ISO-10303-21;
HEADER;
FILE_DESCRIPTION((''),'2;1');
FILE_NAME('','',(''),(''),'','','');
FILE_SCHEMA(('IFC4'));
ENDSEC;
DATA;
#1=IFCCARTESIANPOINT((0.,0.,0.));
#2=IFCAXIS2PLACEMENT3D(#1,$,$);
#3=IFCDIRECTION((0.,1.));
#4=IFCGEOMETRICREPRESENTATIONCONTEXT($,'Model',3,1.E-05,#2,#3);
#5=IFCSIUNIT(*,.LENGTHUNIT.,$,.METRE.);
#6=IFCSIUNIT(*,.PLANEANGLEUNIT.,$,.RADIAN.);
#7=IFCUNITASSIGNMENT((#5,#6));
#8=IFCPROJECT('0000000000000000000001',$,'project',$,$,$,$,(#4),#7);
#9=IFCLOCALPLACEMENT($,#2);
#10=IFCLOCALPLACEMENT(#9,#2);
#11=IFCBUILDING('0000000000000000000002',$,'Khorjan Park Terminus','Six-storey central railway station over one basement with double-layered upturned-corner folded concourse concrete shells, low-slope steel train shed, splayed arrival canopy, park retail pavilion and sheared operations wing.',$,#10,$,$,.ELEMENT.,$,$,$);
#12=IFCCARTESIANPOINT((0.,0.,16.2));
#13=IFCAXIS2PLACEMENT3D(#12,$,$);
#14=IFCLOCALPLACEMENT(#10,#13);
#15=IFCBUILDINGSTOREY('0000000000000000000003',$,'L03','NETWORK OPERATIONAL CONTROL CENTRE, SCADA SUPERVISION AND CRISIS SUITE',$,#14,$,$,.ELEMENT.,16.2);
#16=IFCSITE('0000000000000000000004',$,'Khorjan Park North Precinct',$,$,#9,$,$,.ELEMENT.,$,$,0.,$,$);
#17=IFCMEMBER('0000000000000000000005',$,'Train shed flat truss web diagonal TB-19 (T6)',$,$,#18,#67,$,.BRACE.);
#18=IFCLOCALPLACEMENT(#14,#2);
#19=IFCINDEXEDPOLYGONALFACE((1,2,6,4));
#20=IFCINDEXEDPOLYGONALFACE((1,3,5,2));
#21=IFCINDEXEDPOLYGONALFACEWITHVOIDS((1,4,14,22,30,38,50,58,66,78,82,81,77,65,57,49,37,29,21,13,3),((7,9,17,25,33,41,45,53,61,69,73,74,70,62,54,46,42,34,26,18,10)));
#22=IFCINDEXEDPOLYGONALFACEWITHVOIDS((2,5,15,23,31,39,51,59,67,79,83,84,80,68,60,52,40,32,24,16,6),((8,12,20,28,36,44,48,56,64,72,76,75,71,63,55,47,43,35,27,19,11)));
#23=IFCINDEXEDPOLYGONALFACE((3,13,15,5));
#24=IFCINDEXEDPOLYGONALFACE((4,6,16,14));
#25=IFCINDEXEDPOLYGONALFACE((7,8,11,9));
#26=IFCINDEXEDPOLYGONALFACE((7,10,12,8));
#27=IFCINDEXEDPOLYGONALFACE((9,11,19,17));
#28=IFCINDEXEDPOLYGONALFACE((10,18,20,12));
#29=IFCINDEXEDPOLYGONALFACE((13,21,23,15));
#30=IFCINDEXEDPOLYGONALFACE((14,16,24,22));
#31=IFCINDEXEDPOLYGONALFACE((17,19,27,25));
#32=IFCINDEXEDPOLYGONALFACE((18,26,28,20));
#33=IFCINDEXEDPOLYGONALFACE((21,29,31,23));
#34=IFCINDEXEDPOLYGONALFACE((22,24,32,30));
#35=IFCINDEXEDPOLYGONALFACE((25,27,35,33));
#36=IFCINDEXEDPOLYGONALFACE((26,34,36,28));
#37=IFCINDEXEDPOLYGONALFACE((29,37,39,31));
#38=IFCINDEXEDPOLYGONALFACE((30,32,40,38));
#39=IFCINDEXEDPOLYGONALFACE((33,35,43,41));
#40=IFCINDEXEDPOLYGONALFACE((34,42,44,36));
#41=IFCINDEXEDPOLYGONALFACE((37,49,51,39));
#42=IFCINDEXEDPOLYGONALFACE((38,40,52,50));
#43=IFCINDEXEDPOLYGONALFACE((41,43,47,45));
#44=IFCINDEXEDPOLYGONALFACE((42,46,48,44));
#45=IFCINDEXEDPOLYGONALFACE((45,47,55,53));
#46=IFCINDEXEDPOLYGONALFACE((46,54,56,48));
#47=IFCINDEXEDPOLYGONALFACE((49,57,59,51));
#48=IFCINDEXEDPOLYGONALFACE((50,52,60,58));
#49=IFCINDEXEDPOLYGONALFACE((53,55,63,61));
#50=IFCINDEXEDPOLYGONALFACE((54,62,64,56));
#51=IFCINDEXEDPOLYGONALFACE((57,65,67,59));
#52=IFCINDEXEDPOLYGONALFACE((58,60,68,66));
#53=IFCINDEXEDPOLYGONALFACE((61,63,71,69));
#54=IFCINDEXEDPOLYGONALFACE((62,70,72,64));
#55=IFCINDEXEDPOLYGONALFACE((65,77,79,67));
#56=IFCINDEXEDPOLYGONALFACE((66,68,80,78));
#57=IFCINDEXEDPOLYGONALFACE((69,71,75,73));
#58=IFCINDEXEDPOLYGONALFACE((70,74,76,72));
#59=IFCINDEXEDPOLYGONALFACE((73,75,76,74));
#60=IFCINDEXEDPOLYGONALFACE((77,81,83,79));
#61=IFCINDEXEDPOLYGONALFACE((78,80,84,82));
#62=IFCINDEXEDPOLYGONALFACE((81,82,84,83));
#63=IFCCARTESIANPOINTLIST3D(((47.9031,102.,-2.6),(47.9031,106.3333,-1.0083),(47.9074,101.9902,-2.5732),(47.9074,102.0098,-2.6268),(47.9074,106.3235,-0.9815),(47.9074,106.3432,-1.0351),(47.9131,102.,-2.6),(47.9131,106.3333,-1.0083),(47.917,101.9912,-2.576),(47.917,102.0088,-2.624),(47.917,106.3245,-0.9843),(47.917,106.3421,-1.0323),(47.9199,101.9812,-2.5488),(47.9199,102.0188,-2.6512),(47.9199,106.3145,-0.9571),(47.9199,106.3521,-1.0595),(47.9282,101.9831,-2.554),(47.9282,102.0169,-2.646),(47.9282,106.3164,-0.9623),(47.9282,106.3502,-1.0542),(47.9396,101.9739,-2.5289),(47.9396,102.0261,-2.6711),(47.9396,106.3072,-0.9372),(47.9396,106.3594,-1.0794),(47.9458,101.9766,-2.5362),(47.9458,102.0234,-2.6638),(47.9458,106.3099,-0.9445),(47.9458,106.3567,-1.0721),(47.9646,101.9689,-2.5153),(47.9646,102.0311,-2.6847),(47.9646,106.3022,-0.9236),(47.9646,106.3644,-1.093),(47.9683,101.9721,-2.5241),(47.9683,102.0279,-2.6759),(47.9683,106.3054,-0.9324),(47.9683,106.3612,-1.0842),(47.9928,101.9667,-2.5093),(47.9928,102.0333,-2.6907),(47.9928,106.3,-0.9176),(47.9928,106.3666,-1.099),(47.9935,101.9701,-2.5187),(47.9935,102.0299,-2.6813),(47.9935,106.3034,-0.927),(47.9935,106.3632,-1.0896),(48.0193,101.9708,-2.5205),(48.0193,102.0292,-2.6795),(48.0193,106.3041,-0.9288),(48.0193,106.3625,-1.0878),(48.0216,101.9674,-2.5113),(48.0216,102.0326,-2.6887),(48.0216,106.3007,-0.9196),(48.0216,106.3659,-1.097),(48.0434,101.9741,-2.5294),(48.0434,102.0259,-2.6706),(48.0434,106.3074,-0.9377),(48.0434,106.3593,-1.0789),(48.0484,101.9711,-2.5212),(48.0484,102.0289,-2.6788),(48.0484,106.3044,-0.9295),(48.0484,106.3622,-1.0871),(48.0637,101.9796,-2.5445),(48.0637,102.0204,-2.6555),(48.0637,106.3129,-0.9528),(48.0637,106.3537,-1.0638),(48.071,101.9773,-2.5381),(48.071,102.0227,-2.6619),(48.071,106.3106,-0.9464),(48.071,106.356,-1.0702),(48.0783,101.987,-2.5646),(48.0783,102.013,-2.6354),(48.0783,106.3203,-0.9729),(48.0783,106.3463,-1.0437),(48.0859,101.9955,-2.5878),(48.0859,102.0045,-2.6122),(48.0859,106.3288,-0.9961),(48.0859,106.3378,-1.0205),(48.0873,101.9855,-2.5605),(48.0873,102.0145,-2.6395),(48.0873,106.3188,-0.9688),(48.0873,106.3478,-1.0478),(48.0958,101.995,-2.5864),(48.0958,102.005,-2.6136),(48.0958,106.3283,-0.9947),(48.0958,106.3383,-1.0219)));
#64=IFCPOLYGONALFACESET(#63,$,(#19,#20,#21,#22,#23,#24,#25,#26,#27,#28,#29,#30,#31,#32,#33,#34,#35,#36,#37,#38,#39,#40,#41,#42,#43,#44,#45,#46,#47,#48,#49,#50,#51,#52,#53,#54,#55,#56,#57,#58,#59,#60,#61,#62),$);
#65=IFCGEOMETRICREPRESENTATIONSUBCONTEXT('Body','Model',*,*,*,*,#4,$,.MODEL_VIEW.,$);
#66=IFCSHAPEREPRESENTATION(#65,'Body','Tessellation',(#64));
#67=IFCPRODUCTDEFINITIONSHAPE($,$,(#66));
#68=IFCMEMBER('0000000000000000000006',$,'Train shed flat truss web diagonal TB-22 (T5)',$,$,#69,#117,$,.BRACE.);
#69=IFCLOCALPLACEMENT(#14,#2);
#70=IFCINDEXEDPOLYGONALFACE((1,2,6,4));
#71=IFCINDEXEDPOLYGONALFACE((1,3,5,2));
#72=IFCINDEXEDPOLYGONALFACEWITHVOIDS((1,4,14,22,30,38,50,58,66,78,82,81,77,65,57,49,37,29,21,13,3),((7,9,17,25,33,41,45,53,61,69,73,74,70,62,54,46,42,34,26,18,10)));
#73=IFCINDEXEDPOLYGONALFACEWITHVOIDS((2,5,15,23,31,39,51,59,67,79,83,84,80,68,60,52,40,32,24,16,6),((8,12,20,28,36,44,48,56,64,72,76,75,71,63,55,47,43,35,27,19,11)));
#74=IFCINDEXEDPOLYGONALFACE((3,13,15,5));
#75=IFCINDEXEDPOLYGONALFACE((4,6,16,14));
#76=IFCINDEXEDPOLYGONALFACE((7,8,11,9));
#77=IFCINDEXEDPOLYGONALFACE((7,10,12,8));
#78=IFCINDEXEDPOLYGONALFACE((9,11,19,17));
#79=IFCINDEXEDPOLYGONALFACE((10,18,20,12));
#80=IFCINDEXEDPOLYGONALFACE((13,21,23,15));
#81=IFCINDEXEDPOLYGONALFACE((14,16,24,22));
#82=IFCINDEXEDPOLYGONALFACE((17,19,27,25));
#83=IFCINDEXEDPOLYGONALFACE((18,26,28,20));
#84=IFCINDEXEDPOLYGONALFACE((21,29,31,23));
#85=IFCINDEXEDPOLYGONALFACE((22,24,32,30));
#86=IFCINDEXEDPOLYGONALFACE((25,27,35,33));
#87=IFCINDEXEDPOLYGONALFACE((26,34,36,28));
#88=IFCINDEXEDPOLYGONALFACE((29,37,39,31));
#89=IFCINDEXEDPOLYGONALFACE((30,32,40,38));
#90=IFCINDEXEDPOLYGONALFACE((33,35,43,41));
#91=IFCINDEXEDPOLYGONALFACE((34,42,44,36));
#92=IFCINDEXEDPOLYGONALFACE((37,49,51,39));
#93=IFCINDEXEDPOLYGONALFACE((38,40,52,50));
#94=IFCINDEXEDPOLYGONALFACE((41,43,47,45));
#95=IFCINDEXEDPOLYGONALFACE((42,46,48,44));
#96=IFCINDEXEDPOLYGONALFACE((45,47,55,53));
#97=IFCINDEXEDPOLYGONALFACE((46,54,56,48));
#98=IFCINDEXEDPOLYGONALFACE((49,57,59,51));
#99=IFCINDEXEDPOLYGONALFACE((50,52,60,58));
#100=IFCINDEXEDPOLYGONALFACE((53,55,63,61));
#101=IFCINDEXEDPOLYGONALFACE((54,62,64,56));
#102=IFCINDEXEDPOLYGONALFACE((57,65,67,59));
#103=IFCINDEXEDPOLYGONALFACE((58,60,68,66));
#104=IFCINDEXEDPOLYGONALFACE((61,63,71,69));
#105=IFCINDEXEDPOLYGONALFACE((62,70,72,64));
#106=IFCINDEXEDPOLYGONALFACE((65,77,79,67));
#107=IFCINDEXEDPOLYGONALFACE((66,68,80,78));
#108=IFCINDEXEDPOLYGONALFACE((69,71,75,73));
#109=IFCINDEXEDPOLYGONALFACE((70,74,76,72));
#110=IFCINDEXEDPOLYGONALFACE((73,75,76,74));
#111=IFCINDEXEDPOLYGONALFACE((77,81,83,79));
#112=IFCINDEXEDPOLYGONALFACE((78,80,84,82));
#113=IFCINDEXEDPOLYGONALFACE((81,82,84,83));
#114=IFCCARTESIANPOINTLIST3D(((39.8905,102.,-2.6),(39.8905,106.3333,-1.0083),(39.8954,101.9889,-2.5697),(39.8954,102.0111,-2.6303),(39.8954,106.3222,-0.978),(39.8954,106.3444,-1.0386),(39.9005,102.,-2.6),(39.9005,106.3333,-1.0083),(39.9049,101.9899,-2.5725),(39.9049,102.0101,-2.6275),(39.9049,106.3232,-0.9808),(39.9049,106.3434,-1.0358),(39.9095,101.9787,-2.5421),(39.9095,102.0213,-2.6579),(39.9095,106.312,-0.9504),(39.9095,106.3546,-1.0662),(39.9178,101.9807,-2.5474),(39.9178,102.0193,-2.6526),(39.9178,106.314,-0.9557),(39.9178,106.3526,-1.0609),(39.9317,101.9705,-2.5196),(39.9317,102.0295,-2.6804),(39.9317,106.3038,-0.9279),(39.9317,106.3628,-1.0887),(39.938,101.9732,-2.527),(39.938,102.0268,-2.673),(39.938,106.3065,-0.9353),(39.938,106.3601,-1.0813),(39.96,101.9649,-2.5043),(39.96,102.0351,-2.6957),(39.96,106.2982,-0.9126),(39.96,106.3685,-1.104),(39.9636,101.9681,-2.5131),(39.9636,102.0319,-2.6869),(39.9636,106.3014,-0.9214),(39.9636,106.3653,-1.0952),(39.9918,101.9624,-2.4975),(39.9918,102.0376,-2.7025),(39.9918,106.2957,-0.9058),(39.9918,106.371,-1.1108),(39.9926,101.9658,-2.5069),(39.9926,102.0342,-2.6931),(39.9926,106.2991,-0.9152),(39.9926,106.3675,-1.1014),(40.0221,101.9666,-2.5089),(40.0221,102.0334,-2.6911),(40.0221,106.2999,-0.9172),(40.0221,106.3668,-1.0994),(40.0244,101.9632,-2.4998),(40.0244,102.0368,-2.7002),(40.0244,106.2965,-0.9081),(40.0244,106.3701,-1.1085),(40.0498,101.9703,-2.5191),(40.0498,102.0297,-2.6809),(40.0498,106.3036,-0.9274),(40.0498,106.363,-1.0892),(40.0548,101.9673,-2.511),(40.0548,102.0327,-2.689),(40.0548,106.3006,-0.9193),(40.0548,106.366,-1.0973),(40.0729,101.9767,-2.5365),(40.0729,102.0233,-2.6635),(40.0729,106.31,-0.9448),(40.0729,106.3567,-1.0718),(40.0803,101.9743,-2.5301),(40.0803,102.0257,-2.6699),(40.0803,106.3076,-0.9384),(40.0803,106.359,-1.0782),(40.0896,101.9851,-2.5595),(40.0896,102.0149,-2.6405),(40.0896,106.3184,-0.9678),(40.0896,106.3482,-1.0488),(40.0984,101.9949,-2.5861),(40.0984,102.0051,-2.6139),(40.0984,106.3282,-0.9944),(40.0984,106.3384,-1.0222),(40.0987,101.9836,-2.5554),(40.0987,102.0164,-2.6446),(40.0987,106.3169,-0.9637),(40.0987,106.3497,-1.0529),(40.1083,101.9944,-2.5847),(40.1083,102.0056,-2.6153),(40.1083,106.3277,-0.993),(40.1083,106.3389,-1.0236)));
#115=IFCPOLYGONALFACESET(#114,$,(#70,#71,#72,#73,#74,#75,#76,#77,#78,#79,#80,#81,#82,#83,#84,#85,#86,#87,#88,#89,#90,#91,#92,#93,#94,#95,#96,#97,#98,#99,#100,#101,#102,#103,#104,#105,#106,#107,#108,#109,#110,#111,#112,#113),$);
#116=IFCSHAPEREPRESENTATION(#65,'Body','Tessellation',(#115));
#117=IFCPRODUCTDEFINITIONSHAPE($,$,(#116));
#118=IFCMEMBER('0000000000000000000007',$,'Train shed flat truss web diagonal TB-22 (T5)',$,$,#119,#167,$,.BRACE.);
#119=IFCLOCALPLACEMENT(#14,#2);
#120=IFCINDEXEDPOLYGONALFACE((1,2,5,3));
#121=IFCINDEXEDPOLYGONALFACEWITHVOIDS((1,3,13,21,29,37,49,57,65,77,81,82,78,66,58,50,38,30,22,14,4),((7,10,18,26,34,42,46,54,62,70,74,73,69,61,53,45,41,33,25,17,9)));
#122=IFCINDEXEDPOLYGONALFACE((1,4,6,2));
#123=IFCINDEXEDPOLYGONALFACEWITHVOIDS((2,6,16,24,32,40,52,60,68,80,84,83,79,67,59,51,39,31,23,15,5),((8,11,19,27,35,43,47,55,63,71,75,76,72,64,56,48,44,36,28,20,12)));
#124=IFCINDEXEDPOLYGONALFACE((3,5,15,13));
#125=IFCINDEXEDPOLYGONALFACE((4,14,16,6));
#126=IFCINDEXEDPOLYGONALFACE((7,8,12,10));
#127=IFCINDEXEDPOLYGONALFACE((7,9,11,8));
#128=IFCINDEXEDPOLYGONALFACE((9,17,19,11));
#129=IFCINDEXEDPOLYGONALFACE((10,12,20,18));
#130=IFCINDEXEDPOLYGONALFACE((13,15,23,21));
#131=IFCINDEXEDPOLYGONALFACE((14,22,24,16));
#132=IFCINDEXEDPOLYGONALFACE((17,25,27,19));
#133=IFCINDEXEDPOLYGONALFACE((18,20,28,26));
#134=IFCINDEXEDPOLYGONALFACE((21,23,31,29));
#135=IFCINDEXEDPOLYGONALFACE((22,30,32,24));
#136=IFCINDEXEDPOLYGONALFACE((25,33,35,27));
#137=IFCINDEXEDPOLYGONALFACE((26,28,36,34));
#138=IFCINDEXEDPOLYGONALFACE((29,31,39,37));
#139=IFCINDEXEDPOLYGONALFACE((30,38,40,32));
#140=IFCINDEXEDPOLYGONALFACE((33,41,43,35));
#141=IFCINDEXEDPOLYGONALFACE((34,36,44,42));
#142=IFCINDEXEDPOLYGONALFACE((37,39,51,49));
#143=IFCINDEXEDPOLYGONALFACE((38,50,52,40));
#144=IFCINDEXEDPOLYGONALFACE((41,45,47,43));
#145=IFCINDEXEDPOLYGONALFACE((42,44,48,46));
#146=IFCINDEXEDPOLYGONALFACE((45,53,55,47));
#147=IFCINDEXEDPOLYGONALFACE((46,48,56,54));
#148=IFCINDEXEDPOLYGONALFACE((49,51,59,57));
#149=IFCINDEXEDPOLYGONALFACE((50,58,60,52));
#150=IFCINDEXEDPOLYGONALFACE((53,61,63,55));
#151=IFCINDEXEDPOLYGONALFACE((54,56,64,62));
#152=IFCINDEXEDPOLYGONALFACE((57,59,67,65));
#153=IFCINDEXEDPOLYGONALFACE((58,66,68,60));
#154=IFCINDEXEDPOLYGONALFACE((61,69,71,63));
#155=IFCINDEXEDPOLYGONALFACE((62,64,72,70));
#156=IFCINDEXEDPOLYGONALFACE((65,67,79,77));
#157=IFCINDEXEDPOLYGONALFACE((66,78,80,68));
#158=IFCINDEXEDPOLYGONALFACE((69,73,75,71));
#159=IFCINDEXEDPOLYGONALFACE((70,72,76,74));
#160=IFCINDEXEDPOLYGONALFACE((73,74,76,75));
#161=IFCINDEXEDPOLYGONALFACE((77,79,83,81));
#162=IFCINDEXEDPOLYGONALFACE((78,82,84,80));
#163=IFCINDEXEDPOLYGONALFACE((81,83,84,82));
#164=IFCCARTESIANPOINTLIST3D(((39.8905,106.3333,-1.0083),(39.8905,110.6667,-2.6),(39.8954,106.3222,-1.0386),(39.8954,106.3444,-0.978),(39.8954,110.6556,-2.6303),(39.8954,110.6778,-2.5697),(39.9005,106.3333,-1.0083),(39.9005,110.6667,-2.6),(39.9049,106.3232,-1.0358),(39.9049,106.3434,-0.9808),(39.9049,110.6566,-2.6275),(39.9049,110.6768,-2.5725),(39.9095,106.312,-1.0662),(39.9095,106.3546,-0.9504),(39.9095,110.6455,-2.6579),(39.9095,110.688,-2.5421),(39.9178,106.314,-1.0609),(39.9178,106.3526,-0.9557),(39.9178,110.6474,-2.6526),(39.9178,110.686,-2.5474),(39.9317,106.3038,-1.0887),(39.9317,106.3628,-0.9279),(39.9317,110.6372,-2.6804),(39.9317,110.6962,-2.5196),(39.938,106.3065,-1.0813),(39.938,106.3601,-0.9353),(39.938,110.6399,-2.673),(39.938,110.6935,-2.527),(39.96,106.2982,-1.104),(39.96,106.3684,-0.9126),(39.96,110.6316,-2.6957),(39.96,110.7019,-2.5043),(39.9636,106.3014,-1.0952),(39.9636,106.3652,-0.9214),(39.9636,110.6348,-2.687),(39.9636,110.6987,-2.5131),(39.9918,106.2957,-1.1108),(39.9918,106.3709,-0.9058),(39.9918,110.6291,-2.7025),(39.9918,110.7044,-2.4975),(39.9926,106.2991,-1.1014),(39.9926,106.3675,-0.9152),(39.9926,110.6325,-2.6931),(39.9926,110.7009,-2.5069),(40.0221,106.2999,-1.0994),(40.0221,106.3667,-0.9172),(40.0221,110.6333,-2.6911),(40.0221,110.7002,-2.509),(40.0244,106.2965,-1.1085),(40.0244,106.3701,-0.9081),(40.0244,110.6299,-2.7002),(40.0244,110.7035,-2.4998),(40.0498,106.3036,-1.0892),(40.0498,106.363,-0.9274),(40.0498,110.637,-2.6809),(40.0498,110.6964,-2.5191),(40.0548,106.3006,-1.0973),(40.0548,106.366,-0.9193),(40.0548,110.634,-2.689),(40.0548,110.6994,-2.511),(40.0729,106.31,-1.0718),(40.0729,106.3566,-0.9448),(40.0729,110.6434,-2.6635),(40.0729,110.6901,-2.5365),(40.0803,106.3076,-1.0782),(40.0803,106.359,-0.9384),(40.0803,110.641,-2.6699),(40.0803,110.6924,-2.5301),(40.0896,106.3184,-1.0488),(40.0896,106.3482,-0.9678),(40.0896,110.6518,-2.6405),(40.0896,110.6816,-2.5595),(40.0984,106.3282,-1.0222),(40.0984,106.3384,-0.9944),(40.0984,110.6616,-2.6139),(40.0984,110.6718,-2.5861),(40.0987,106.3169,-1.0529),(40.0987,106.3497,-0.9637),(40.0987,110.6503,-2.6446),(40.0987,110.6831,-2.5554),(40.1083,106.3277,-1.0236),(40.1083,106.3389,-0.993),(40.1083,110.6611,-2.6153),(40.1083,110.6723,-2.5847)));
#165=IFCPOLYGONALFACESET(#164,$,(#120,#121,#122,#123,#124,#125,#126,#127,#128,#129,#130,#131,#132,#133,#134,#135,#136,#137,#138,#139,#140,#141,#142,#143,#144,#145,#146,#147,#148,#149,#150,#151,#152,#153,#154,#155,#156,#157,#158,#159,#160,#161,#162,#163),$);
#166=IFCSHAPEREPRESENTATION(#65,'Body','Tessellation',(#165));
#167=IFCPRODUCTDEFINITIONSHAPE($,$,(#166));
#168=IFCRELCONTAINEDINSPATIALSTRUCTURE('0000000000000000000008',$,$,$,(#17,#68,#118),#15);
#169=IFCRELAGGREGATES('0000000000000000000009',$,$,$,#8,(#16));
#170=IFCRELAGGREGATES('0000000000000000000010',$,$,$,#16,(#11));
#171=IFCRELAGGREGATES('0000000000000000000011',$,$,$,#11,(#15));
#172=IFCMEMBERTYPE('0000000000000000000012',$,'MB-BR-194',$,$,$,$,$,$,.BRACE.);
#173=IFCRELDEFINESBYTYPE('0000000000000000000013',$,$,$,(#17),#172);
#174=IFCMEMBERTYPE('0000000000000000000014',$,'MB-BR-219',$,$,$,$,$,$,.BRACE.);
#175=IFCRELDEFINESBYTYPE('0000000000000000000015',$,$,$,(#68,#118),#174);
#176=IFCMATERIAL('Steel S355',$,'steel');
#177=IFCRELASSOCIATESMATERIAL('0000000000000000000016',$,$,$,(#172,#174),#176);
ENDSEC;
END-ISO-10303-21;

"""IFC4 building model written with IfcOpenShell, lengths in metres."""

from ifc_helpers import new_model, si_unit, direction, frame, origin, origin_2d, place, context, subcontext, project, spatial, hollow_circle, extrude, material, material_profile, profile_set, type_object, element, save


model = new_model("IFC4")

# Units and contexts
model_context = context("Model", 3, precision=1e-05, world=origin(), true_north=direction((0.0, 1.0)))
body_context = subcontext(model_context, "Body", "Model", "MODEL_VIEW")
ifc_project = project(units=[si_unit("LENGTHUNIT", "METRE"), si_unit("PLANEANGLEUNIT", "RADIAN")], contexts=[model_context])

# Site, building, storey
site_placement = place(None, origin())
site = spatial("IfcSite", under=ifc_project, at=site_placement, Name="Khorjan Park North Precinct", CompositionType="ELEMENT", RefElevation=0.0)
building_placement = place(site_placement, origin())
building = spatial("IfcBuilding", under=site, at=building_placement, Name="Khorjan Park Terminus", Description="Six-storey central railway station over one basement with double-layered upturned-corner folded concourse concrete shells, low-slope steel train shed, splayed arrival canopy, park retail pavilion and sheared operations wing.", CompositionType="ELEMENT")
storey_placement = place(building_placement, frame((0.0, 0.0, 16.2)))
storey = spatial("IfcBuildingStorey", under=building, at=storey_placement, Name="L03", Description="NETWORK OPERATIONAL CONTROL CENTRE, SCADA SUPERVISION AND CRISIS SUITE", CompositionType="ELEMENT", Elevation=16.2)

# Members
ifc_material_1 = material(Name="Steel S355", Category="steel")
ifc_material_profile_1 = material_profile(ifc_material_1, hollow_circle(Radius=0.0969, WallThickness=0.01, at=origin_2d()), Name="CHS 193.7x10")
ifc_profile_set_1 = profile_set([ifc_material_profile_1], Name="Steel S355")
member_type_1 = type_object("IfcMemberType", Name="MB-BR-194", PredefinedType="BRACE", material=ifc_profile_set_1)
member_1_placement = place(storey_placement, frame((48.0, 102.0, -2.6), z_axis=(0.0, 0.938678, 0.344794), x_axis=(-1.0, 0.0, 0.0)))
element("IfcMember", 1, at=member_1_placement, inside=storey, type_object=member_type_1, Name="Train shed flat truss web diagonal TB-19 (T6)", PredefinedType="BRACE", context=body_context, shape_type="SweptSolid", body=[
    extrude(hollow_circle(Radius=0.0969, WallThickness=0.01, at=origin_2d()), origin(), (0.0, 0.0, 1.0), 4.6164),
])
ifc_material_profile_2 = material_profile(ifc_material_1, hollow_circle(Radius=0.1095, WallThickness=0.01, at=origin_2d()), Name="CHS 219.1x10")
ifc_profile_set_2 = profile_set([ifc_material_profile_2], Name="Steel S355")
member_type_2 = type_object("IfcMemberType", Name="MB-BR-219", PredefinedType="BRACE", material=ifc_profile_set_2)
member_2_placement = place(storey_placement, frame((40.0, 102.0, -2.6), z_axis=(0.0, 0.938678, 0.344794), x_axis=(-1.0, 0.0, 0.0)))
element("IfcMember", 2, at=member_2_placement, inside=storey, type_object=member_type_2, Name="Train shed flat truss web diagonal TB-22 (T5)", PredefinedType="BRACE", context=body_context, shape_type="SweptSolid", body=[
    extrude(hollow_circle(Radius=0.1095, WallThickness=0.01, at=origin_2d()), origin(), (0.0, 0.0, 1.0), 4.6164),
])
member_3_placement = place(storey_placement, frame((40.0, 106.3333, -1.0083), z_axis=(0.0, 0.938681, -0.344787), x_axis=(-1.0, 0.0, 0.0)))
element("IfcMember", 3, at=member_3_placement, inside=storey, type_object=member_type_2, Name="Train shed flat truss web diagonal TB-22 (T5)", PredefinedType="BRACE", context=body_context, shape_type="SweptSolid", body=[
    extrude(hollow_circle(Radius=0.1095, WallThickness=0.01, at=origin_2d()), origin(), (0.0, 0.0, 1.0), 4.6165),
])

save(model, "model.ifc")
